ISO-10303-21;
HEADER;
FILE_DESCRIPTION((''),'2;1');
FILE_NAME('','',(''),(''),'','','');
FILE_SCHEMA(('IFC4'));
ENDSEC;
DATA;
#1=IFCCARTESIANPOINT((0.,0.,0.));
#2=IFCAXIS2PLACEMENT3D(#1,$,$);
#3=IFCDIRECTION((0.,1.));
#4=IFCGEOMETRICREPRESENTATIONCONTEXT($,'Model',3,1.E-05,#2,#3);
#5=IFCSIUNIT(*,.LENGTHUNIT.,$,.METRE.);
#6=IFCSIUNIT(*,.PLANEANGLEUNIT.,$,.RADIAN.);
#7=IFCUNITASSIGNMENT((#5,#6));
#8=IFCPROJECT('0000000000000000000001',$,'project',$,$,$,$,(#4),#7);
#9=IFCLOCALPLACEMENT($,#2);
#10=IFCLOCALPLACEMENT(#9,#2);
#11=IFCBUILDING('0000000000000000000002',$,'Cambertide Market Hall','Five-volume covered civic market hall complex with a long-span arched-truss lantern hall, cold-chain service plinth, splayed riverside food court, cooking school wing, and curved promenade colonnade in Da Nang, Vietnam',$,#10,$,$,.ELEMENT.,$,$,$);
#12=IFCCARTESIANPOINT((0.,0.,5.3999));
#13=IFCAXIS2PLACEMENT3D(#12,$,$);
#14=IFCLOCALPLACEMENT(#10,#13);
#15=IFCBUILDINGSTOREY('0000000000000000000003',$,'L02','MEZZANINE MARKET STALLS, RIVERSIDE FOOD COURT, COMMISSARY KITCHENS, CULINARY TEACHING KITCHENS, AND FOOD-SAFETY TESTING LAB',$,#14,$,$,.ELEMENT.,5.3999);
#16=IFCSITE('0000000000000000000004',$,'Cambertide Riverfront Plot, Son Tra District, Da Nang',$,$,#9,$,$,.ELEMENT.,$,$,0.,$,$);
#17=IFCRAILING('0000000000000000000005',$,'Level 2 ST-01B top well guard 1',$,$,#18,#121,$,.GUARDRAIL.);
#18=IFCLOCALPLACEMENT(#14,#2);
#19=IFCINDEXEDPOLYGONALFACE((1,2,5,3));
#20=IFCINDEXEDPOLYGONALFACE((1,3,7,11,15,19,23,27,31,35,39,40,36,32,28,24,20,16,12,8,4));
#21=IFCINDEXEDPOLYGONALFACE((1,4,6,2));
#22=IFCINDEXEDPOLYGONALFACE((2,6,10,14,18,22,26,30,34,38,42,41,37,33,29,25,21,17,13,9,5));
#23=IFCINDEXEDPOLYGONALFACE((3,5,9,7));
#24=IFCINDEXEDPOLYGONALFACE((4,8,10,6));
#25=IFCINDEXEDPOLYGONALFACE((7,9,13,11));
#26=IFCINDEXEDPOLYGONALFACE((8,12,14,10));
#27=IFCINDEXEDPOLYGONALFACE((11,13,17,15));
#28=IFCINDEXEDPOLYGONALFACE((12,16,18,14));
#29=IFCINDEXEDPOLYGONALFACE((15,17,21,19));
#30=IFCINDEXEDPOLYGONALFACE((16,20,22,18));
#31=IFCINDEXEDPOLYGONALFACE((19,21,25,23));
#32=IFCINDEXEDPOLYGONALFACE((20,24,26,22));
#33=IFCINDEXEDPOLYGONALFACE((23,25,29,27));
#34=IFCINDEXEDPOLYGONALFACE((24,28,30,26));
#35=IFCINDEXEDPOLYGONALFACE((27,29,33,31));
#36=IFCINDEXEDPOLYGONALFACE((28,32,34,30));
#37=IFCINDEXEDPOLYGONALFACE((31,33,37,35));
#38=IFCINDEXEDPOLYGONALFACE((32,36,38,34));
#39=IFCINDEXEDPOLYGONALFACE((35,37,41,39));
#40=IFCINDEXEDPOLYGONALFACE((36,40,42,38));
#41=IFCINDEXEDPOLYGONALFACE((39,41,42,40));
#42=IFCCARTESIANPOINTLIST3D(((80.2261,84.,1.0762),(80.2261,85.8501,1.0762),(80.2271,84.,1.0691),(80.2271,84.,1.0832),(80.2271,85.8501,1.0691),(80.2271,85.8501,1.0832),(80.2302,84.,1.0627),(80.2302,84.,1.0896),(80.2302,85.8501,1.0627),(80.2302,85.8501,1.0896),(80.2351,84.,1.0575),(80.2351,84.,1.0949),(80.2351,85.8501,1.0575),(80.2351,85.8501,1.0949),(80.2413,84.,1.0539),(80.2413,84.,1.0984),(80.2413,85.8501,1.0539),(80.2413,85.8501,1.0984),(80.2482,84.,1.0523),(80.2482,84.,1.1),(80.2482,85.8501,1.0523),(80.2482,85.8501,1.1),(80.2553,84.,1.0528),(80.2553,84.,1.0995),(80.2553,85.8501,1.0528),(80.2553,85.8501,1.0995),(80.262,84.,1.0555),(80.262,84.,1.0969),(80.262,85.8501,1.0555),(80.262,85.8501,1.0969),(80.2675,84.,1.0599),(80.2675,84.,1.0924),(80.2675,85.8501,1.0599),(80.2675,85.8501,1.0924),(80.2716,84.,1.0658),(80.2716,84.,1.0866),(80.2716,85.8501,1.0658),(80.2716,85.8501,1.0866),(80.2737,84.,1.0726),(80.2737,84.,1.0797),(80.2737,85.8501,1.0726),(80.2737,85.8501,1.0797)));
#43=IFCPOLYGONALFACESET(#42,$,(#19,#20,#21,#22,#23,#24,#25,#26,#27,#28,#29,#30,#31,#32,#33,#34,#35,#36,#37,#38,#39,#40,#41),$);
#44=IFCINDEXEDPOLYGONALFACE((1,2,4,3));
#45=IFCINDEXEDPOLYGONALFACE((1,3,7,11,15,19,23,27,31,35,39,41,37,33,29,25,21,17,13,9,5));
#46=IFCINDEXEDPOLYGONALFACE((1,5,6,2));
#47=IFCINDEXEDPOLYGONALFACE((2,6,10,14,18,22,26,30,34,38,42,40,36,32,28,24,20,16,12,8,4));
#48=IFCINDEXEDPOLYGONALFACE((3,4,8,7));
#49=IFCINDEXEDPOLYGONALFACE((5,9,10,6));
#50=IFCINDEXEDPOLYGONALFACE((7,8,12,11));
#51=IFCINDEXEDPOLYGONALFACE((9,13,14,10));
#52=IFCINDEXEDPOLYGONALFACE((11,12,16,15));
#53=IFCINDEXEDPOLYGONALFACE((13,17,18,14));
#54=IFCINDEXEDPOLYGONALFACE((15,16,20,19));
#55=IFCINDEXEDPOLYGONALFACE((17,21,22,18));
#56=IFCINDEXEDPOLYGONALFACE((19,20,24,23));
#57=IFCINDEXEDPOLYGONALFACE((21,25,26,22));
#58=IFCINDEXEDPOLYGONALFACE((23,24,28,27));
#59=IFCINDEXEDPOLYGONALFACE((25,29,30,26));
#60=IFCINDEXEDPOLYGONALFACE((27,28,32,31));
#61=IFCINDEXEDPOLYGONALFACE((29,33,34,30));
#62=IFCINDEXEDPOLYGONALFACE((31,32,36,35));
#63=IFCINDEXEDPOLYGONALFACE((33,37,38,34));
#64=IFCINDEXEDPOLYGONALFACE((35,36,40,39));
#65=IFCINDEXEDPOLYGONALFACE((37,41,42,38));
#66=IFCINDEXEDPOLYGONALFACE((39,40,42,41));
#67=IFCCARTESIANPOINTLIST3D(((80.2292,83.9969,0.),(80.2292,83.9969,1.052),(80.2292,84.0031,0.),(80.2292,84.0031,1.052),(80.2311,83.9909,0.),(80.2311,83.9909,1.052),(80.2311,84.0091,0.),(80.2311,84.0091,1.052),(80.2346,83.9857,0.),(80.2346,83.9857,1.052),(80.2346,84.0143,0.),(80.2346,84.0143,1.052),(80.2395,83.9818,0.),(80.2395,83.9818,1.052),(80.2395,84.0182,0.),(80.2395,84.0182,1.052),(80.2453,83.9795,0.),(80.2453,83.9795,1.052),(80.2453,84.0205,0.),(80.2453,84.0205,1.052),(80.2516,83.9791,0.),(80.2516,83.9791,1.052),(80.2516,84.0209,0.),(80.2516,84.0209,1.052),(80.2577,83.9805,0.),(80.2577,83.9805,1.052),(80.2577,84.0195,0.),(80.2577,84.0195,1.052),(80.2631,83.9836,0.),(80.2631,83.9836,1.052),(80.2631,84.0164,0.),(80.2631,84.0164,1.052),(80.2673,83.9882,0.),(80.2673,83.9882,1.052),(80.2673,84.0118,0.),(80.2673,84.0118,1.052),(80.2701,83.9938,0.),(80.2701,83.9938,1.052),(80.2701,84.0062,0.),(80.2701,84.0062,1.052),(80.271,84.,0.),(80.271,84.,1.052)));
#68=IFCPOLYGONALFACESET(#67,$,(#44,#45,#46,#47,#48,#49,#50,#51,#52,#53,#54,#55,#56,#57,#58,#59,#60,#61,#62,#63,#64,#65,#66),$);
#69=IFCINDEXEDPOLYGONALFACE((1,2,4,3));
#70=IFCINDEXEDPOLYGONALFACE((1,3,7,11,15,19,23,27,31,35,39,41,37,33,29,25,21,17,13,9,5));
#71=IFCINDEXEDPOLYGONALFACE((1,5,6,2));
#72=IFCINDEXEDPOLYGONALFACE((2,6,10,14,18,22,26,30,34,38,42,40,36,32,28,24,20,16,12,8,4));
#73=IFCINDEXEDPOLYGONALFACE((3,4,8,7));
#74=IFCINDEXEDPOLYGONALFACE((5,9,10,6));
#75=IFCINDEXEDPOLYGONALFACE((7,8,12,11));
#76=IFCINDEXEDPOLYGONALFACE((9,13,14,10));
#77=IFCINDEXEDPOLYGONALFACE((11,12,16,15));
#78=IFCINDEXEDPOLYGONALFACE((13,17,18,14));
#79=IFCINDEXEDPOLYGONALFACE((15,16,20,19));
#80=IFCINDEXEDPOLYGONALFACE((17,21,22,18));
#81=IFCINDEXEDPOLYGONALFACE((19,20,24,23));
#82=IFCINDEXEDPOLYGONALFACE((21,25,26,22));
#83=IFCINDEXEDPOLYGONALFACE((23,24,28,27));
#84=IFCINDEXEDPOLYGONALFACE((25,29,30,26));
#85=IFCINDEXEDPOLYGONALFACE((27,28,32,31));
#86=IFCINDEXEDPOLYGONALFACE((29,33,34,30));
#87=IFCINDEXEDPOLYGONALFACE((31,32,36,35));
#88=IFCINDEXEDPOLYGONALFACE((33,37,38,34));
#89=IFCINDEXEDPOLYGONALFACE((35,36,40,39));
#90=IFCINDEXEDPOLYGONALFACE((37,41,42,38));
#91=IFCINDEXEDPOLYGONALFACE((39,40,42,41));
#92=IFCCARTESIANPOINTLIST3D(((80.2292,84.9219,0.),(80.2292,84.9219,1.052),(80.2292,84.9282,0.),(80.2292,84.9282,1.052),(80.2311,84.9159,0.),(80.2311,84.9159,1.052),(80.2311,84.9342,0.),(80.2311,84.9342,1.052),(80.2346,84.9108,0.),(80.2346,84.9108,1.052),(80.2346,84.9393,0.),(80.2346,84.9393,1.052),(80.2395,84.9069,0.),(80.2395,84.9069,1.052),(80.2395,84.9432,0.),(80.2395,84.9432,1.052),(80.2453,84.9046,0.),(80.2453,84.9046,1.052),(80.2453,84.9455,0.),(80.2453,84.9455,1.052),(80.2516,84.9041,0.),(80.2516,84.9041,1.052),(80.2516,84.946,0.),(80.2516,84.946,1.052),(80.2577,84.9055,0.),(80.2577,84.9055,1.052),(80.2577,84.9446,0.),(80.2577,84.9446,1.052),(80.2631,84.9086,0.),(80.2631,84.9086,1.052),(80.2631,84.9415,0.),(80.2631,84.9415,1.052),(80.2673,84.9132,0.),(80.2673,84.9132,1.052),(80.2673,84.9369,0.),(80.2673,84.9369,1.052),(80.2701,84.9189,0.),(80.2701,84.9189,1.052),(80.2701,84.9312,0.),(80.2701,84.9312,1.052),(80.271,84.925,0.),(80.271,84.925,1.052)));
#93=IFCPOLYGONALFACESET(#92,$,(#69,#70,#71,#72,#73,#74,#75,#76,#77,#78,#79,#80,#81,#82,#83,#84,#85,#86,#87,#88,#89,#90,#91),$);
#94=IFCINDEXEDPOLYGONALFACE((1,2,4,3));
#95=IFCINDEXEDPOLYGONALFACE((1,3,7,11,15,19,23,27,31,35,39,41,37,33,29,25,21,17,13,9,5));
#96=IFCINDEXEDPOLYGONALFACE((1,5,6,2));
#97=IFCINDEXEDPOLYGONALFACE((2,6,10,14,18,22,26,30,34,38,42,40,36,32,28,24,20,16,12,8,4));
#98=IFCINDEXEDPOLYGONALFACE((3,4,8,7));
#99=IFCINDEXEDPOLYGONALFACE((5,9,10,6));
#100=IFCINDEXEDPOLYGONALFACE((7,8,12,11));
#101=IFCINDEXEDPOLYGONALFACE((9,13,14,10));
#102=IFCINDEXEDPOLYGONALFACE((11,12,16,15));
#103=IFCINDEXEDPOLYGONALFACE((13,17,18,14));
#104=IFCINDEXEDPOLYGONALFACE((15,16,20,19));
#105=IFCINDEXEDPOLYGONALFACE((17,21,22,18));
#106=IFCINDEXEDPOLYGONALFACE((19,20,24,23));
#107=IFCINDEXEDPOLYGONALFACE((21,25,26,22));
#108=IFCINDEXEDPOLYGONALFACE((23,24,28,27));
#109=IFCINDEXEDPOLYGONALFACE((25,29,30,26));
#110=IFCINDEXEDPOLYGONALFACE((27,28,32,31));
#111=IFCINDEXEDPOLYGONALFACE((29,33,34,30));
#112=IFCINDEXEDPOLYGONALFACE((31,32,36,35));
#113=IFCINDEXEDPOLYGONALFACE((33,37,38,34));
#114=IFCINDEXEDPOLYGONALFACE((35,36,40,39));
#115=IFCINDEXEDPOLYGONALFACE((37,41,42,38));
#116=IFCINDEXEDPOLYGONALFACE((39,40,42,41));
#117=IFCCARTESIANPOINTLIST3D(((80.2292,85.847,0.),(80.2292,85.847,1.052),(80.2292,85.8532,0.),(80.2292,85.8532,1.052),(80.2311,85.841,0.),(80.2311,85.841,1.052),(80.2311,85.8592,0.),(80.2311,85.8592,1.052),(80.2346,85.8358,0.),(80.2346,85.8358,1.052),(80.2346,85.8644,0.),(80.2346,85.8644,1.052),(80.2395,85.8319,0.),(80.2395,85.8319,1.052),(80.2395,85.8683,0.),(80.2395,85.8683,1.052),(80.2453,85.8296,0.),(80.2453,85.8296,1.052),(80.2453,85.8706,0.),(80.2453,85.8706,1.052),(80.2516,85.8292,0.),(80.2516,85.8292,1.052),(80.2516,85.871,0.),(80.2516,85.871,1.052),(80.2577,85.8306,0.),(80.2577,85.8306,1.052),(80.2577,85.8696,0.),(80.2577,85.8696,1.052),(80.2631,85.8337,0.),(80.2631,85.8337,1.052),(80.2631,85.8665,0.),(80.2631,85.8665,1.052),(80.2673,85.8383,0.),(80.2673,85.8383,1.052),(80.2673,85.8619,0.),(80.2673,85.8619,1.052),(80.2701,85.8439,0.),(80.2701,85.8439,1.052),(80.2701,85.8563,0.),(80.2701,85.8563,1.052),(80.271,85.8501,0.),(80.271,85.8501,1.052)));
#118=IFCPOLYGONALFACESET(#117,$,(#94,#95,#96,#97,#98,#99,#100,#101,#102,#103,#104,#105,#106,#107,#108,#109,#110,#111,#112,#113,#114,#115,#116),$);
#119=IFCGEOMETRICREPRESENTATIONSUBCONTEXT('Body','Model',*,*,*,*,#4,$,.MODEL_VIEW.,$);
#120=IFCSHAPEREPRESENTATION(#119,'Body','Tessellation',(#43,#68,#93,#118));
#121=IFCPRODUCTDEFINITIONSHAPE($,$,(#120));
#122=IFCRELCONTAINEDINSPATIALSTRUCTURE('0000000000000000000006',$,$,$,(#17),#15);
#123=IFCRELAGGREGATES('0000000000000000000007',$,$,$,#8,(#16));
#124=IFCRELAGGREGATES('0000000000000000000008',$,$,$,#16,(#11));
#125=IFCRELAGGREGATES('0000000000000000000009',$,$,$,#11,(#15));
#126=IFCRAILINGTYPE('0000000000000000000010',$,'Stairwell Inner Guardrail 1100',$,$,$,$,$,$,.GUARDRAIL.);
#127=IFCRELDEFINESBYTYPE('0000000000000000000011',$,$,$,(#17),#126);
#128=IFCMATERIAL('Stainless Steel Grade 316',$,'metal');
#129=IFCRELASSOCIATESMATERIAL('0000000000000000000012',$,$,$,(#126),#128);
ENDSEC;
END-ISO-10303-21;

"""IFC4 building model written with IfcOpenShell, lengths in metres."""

from ifc_helpers import new_model, si_unit, direction, frame, origin, origin_2d, place, context, subcontext, project, spatial, circle, extrude, material, type_object, element, save


model = new_model("IFC4")

# Units and contexts
model_context = context("Model", 3, precision=1e-05, world=origin(), true_north=direction((0.0, 1.0)))
body_context = subcontext(model_context, "Body", "Model", "MODEL_VIEW")
ifc_project = project(units=[si_unit("LENGTHUNIT", "METRE"), si_unit("PLANEANGLEUNIT", "RADIAN")], contexts=[model_context])

# Site, building, storey
site_placement = place(None, origin())
site = spatial("IfcSite", under=ifc_project, at=site_placement, Name="Cambertide Riverfront Plot, Son Tra District, Da Nang", CompositionType="ELEMENT", RefElevation=0.0)
building_placement = place(site_placement, origin())
building = spatial("IfcBuilding", under=site, at=building_placement, Name="Cambertide Market Hall", Description="Five-volume covered civic market hall complex with a long-span arched-truss lantern hall, cold-chain service plinth, splayed riverside food court, cooking school wing, and curved promenade colonnade in Da Nang, Vietnam", CompositionType="ELEMENT")
storey_placement = place(building_placement, frame((0.0, 0.0, 5.3999)))
storey = spatial("IfcBuildingStorey", under=building, at=storey_placement, Name="L02", Description="MEZZANINE MARKET STALLS, RIVERSIDE FOOD COURT, COMMISSARY KITCHENS, CULINARY TEACHING KITCHENS, AND FOOD-SAFETY TESTING LAB", CompositionType="ELEMENT", Elevation=5.3999)

# Railing
ifc_material_1 = material(Name="Stainless Steel Grade 316", Category="metal")
railing_type = type_object("IfcRailingType", Name="Stairwell Inner Guardrail 1100", PredefinedType="GUARDRAIL", material=ifc_material_1)
railing_placement = place(storey_placement, frame((80.25, 84.0, 0.0)))
element("IfcRailing", 1, at=railing_placement, inside=storey, type_object=railing_type, Name="Level 2 ST-01B top well guard 1", PredefinedType="GUARDRAIL", context=body_context, shape_type="SweptSolid", body=[
    extrude(circle(Radius=0.0239, at=origin_2d()), frame((0.0, 0.0, 1.0762), z_axis=(0.0, 1.0, 0.0), x_axis=(-1.0, 0.0, 0.0)), (0.0, 0.0, 1.0), 1.8501),
    extrude(circle(Radius=0.021, at=origin_2d()), origin(), (0.0, 0.0, 1.0), 1.052),
    extrude(circle(Radius=0.021, at=origin_2d()), frame((0.0, 0.925, 0.0)), (0.0, 0.0, 1.0), 1.052),
    extrude(circle(Radius=0.021, at=origin_2d()), frame((0.0, 1.8501, 0.0)), (0.0, 0.0, 1.0), 1.052),
])

save(model, "model.ifc")
